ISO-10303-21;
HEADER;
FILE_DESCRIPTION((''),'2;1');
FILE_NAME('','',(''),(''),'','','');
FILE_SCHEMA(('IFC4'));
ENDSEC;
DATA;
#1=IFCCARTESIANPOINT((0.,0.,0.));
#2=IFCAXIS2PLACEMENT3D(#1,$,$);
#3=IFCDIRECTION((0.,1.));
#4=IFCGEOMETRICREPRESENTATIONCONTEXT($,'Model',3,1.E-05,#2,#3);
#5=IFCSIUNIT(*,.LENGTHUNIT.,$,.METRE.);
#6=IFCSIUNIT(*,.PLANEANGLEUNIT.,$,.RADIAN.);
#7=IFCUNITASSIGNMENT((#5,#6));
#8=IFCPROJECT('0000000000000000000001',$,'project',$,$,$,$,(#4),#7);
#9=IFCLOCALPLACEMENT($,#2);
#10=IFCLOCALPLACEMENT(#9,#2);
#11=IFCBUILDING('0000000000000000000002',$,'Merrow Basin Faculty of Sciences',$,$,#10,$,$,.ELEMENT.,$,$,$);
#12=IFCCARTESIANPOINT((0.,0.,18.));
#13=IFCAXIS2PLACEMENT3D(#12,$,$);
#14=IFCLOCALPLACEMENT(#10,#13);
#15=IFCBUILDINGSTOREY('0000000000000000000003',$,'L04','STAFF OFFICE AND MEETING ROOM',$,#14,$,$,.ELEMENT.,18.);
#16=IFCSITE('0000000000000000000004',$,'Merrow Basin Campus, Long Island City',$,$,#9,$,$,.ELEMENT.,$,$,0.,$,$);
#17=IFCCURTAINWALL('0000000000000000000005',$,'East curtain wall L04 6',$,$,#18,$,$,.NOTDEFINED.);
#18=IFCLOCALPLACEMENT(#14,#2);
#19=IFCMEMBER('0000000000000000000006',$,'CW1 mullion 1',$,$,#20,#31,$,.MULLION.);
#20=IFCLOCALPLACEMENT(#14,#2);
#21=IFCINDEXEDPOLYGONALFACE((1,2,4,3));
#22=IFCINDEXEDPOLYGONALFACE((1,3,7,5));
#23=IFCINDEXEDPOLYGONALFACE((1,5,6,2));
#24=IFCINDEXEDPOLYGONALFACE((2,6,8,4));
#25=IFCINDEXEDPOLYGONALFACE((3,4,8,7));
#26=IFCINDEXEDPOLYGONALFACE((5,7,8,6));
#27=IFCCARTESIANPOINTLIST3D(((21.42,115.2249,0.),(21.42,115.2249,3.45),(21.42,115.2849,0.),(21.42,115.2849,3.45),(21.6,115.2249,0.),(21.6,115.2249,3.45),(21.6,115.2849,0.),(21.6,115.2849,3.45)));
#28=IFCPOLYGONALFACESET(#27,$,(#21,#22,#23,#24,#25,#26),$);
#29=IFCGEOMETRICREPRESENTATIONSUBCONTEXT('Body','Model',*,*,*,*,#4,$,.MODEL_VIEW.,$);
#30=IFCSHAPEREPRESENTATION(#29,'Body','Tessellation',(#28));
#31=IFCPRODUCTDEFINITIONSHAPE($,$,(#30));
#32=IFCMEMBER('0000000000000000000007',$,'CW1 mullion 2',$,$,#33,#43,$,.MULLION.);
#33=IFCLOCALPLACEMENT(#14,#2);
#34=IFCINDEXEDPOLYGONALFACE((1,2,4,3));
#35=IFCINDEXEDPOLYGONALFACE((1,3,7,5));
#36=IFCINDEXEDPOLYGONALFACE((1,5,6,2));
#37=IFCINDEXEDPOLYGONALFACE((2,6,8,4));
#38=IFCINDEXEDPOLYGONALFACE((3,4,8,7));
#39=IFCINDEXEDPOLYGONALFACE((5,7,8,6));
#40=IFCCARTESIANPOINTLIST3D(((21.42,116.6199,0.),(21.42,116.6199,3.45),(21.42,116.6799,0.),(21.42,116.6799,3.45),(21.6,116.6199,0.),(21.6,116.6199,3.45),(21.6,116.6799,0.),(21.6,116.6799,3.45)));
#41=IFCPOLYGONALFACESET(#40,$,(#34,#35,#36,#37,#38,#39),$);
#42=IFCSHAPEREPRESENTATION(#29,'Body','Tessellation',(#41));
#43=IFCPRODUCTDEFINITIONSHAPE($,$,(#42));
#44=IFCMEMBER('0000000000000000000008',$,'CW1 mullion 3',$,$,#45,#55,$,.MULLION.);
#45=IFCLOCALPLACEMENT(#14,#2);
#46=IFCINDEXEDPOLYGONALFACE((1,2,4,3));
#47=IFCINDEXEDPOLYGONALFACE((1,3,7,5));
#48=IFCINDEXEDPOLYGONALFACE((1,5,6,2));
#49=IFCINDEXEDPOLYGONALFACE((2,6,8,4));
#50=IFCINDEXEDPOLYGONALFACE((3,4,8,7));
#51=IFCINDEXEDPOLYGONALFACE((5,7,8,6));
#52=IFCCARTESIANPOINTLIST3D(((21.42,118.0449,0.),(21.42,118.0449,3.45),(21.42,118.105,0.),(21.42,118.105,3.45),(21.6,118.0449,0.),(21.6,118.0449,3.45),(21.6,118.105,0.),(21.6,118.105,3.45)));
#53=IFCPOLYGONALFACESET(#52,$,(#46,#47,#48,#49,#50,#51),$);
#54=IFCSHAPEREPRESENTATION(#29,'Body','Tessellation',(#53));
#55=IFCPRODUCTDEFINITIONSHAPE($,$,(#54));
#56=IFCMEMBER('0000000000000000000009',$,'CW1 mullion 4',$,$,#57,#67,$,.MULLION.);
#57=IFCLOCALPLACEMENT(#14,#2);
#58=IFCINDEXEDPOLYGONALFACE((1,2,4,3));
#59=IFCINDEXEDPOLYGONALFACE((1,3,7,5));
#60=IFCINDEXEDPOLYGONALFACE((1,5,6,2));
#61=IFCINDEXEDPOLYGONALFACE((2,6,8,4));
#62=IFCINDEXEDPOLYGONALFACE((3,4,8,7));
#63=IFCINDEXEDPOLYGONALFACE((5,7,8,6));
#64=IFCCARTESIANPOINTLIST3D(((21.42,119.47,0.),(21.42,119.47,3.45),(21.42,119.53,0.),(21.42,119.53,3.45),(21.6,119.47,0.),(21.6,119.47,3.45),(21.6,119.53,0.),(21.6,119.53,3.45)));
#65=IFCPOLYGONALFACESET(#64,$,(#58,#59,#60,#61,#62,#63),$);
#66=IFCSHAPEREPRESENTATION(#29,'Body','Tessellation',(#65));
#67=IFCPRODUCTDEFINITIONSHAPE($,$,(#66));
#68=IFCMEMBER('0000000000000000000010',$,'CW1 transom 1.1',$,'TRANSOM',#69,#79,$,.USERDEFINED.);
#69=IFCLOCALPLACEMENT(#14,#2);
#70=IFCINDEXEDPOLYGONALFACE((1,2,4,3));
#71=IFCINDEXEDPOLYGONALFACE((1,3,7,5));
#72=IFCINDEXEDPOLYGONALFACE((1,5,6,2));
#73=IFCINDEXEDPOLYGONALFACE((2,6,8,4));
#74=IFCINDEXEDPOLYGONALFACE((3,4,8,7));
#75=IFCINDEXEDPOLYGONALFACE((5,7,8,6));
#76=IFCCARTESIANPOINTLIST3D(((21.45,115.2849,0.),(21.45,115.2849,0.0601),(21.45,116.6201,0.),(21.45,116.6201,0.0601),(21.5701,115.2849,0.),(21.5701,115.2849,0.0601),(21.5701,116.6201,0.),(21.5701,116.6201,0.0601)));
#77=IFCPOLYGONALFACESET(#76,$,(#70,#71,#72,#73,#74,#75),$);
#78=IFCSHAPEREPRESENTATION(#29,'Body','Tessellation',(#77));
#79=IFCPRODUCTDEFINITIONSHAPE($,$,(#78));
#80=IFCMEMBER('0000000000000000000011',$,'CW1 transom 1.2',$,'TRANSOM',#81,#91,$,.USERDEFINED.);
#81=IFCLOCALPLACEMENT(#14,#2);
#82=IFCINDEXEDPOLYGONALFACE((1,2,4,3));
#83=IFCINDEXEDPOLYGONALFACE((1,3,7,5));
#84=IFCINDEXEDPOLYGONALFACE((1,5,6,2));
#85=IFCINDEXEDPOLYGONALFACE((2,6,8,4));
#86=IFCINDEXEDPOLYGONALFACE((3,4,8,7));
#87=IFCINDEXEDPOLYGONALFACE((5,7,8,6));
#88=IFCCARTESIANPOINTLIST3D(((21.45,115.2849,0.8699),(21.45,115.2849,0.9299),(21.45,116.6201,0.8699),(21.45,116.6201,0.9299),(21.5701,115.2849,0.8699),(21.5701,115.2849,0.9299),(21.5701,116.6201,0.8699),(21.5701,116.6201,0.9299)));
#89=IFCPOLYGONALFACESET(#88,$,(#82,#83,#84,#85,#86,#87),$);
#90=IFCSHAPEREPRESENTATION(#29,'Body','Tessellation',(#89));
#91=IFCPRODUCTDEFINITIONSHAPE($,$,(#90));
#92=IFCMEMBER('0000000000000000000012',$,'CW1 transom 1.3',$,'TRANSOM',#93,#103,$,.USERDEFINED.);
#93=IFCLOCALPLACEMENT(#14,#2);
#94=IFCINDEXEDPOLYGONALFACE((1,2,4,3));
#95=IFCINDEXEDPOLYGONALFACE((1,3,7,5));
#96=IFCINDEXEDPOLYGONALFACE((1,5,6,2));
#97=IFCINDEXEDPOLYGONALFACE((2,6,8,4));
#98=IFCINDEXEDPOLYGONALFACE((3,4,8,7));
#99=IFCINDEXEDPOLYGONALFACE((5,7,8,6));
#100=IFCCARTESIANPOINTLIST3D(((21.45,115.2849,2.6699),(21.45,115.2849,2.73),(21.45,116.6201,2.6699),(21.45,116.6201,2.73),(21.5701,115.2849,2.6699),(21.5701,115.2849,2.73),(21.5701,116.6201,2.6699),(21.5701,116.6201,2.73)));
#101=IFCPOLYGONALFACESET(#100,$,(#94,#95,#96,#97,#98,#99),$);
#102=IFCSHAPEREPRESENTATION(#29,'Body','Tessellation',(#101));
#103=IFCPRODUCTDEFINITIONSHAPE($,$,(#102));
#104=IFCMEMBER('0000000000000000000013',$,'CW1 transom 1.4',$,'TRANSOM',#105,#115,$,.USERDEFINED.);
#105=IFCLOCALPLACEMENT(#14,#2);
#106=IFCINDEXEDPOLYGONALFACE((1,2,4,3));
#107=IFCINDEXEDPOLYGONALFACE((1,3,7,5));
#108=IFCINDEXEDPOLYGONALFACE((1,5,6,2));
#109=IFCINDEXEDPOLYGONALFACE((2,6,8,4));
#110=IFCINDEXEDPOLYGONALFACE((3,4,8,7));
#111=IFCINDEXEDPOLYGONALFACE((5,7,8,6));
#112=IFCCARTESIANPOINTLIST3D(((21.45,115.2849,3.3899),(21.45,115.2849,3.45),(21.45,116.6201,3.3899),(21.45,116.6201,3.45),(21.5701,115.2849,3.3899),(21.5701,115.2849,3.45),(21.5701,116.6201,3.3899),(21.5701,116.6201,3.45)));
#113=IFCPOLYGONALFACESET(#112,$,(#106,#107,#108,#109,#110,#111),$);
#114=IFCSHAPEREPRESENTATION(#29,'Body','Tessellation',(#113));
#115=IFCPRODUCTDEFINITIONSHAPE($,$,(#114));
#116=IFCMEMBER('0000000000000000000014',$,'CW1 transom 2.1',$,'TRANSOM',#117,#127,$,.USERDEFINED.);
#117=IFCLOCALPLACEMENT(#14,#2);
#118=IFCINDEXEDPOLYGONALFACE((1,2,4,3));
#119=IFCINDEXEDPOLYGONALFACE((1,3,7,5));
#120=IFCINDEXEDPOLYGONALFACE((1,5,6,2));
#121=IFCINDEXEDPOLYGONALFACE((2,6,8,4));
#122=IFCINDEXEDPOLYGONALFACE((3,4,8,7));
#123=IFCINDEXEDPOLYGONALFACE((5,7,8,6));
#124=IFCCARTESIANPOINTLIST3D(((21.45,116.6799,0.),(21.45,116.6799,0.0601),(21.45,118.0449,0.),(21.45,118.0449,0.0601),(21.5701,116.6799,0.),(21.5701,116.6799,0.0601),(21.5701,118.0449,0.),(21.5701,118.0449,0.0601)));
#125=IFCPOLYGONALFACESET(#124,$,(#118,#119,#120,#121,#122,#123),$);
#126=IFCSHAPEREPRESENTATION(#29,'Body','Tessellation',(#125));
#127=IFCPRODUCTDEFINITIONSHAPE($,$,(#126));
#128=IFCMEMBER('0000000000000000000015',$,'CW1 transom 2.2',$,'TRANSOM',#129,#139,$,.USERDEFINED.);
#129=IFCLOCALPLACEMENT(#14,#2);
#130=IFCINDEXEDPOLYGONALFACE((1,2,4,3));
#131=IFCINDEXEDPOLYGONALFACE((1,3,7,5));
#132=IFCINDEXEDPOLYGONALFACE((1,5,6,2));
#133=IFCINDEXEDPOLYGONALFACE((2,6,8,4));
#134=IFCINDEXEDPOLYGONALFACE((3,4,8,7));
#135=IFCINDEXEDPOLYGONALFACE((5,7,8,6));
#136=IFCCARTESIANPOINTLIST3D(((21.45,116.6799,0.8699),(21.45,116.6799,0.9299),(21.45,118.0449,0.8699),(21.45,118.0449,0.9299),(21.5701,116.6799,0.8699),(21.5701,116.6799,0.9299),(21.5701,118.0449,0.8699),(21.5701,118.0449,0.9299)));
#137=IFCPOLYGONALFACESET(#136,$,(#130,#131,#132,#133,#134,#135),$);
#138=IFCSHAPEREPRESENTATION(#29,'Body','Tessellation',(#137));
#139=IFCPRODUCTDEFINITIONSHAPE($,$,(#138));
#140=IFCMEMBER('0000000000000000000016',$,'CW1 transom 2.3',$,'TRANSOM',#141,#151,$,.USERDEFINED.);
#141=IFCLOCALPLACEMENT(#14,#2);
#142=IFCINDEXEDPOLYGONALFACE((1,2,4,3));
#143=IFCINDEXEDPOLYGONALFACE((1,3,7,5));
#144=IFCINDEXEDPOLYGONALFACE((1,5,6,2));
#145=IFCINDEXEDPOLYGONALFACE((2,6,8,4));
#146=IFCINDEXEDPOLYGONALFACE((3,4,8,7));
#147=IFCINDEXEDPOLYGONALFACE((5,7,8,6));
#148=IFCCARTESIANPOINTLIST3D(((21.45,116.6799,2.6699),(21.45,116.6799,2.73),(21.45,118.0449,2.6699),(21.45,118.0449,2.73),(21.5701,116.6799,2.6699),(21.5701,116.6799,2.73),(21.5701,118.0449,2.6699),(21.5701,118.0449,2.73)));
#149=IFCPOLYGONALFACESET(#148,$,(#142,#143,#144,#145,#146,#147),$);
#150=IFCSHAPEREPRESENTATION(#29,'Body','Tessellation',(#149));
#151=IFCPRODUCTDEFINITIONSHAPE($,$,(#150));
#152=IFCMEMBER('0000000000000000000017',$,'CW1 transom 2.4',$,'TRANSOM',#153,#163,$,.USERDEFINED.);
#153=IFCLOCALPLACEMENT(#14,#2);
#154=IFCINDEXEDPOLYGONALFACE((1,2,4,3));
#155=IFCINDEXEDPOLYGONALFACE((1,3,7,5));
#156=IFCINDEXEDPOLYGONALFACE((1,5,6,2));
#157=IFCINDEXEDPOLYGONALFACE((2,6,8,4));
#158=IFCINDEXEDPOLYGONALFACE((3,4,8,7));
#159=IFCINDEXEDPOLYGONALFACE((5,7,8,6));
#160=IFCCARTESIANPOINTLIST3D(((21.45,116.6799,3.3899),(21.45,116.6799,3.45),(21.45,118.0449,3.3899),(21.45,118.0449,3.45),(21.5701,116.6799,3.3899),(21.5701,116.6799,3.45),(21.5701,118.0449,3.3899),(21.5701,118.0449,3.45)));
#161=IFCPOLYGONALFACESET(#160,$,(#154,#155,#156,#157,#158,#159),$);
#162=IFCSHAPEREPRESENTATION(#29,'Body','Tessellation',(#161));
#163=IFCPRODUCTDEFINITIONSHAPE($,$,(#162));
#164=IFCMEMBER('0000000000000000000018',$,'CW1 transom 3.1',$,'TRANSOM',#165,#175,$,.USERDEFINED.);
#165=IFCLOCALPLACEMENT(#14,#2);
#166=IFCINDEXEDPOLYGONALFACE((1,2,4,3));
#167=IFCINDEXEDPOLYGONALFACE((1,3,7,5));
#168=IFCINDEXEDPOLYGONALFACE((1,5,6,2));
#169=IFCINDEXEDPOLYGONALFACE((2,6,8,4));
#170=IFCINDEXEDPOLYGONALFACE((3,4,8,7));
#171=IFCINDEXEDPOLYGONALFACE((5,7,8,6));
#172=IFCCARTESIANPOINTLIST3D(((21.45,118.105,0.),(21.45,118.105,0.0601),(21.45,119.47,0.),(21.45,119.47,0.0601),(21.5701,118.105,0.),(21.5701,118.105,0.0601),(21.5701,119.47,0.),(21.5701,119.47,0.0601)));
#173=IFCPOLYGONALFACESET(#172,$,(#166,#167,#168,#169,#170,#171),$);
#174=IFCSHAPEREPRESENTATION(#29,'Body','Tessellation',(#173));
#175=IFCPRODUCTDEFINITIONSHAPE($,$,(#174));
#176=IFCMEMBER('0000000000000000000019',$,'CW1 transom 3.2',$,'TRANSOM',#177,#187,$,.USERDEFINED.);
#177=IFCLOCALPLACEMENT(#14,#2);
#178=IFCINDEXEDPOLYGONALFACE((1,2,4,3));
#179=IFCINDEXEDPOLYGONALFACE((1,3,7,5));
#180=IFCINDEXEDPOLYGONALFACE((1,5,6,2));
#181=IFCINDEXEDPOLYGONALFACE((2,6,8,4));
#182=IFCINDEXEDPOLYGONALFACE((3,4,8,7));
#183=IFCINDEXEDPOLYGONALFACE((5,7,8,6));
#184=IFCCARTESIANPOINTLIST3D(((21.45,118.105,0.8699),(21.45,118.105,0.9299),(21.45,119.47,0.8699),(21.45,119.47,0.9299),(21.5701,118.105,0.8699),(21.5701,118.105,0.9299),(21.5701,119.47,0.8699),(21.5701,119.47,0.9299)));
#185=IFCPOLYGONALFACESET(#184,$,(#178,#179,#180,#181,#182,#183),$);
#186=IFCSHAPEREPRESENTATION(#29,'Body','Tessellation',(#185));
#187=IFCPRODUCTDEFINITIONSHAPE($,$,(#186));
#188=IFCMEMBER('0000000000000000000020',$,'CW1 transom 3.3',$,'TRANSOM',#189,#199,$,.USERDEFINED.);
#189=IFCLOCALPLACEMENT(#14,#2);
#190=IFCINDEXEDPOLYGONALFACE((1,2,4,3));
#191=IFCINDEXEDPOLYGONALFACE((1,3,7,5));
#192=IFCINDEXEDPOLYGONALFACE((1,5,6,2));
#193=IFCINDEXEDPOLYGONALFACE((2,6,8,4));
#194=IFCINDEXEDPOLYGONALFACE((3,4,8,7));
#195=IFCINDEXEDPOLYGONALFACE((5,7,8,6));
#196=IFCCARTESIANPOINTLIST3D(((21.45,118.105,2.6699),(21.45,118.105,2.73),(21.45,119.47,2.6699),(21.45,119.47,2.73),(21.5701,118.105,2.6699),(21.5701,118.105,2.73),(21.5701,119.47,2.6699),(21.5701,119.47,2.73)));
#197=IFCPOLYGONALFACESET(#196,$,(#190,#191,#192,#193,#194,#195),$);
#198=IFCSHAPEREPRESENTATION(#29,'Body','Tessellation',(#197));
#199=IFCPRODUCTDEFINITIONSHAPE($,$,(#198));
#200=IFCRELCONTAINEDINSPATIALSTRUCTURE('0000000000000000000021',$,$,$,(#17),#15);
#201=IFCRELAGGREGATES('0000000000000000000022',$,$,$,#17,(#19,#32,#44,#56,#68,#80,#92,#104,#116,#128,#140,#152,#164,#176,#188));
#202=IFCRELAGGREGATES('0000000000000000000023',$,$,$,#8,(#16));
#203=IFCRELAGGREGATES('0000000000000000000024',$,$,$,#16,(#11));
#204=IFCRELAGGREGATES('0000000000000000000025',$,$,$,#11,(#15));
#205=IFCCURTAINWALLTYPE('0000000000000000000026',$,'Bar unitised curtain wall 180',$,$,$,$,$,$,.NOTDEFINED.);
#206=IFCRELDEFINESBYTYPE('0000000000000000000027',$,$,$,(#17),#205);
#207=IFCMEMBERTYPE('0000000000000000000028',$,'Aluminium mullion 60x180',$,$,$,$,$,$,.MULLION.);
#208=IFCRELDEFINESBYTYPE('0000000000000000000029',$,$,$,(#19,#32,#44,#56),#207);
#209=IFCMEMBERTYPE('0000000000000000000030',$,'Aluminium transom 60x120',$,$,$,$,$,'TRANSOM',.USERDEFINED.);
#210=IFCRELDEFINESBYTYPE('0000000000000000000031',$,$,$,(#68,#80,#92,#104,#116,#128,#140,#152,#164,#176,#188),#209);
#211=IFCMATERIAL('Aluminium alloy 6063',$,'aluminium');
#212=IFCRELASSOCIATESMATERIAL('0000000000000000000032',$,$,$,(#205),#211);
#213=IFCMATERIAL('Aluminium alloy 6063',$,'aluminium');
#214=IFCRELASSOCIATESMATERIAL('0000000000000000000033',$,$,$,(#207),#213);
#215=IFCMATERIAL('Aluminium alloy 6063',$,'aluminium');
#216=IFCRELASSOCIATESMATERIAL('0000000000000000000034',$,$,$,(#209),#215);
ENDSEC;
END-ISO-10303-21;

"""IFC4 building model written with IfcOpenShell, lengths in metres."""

from ifc_helpers import new_model, si_unit, direction, frame, origin, origin_2d, place, context, subcontext, project, spatial, rectangle, extrude, material, material_profile, profile_set, type_object, element, aggregate, save


model = new_model("IFC4")

# Units and contexts
model_context = context("Model", 3, precision=1e-05, world=origin(), true_north=direction((0.0, 1.0)))
body_context = subcontext(model_context, "Body", "Model", "MODEL_VIEW")
ifc_project = project(units=[si_unit("LENGTHUNIT", "METRE"), si_unit("PLANEANGLEUNIT", "RADIAN")], contexts=[model_context])

# Site, building, storey
site_placement = place(None, origin())
site = spatial("IfcSite", under=ifc_project, at=site_placement, Name="Merrow Basin Campus, Long Island City", CompositionType="ELEMENT", RefElevation=0.0)
building_placement = place(site_placement, origin())
building = spatial("IfcBuilding", under=site, at=building_placement, Name="Merrow Basin Faculty of Sciences", CompositionType="ELEMENT")
storey_placement = place(building_placement, frame((0.0, 0.0, 18.0)))
storey = spatial("IfcBuildingStorey", under=building, at=storey_placement, Name="L04", Description="STAFF OFFICE AND MEETING ROOM", CompositionType="ELEMENT", Elevation=18.0)

# Curtain wall, members
ifc_material_1 = material(Name="Aluminium alloy 6063", Category="aluminium")
curtain_wall_type = type_object("IfcCurtainWallType", Name="Bar unitised curtain wall 180", PredefinedType="NOTDEFINED", material=ifc_material_1)
curtain_wall_placement = place(storey_placement, origin())
curtain_wall = element("IfcCurtainWall", 1, at=curtain_wall_placement, inside=storey, type_object=curtain_wall_type, Name="East curtain wall L04 6", PredefinedType="NOTDEFINED")
ifc_material_2 = material(Name="Aluminium alloy 6063", Category="aluminium")
ifc_material_profile_1 = material_profile(ifc_material_2, rectangle(XDim=0.1799, YDim=0.0601, at=origin_2d()))
ifc_profile_set_1 = profile_set([ifc_material_profile_1], Name="Aluminium alloy 6063")
member_type_1 = type_object("IfcMemberType", Name="Aluminium mullion 60x180", PredefinedType="MULLION", material=ifc_profile_set_1)
member_1_placement = place(storey_placement, frame((21.51, 115.2549, 0.0), z_axis=(0.0, 0.0, 1.0), x_axis=(-1.0, 0.0, 0.0)))
member_1 = element("IfcMember", 2, at=member_1_placement, type_object=member_type_1, Name="CW1 mullion 1", PredefinedType="MULLION", context=body_context, shape_type="SweptSolid", body=[
    extrude(rectangle(XDim=0.1799, YDim=0.0601, at=origin_2d()), origin(), (0.0, 0.0, 1.0), 3.45),
])
member_2_placement = place(storey_placement, frame((21.51, 116.6499, 0.0), z_axis=(0.0, 0.0, 1.0), x_axis=(-1.0, 0.0, 0.0)))
member_2 = element("IfcMember", 3, at=member_2_placement, type_object=member_type_1, Name="CW1 mullion 2", PredefinedType="MULLION", context=body_context, shape_type="SweptSolid", body=[
    extrude(rectangle(XDim=0.1799, YDim=0.0601, at=origin_2d()), origin(), (0.0, 0.0, 1.0), 3.45),
])
member_3_placement = place(storey_placement, frame((21.51, 118.075, 0.0), z_axis=(0.0, 0.0, 1.0), x_axis=(-1.0, 0.0, 0.0)))
member_3 = element("IfcMember", 4, at=member_3_placement, type_object=member_type_1, Name="CW1 mullion 3", PredefinedType="MULLION", context=body_context, shape_type="SweptSolid", body=[
    extrude(rectangle(XDim=0.1799, YDim=0.0601, at=origin_2d()), origin(), (0.0, 0.0, 1.0), 3.45),
])
member_4_placement = place(storey_placement, frame((21.51, 119.5, 0.0), z_axis=(0.0, 0.0, 1.0), x_axis=(-1.0, 0.0, 0.0)))
member_4 = element("IfcMember", 5, at=member_4_placement, type_object=member_type_1, Name="CW1 mullion 4", PredefinedType="MULLION", context=body_context, shape_type="SweptSolid", body=[
    extrude(rectangle(XDim=0.1799, YDim=0.0601, at=origin_2d()), origin(), (0.0, 0.0, 1.0), 3.45),
])
ifc_material_3 = material(Name="Aluminium alloy 6063", Category="aluminium")
ifc_material_profile_2 = material_profile(ifc_material_3, rectangle(XDim=0.1201, YDim=0.0601, at=origin_2d()))
ifc_profile_set_2 = profile_set([ifc_material_profile_2], Name="Aluminium alloy 6063")
member_type_2 = type_object("IfcMemberType", Name="Aluminium transom 60x120", ElementType="TRANSOM", PredefinedType="USERDEFINED", material=ifc_profile_set_2)
member_5_placement = place(storey_placement, frame((21.51, 115.2849, 0.03), z_axis=(0.0, 1.0, 0.0), x_axis=(-1.0, 0.0, 0.0)))
member_5 = element("IfcMember", 6, at=member_5_placement, type_object=member_type_2, Name="CW1 transom 1.1", ObjectType="TRANSOM", PredefinedType="USERDEFINED", context=body_context, shape_type="SweptSolid", body=[
    extrude(rectangle(XDim=0.1201, YDim=0.0601, at=origin_2d()), origin(), (0.0, 0.0, 1.0), 1.3352),
])
member_6_placement = place(storey_placement, frame((21.51, 115.2849, 0.8999), z_axis=(0.0, 1.0, 0.0), x_axis=(-1.0, 0.0, 0.0)))
member_6 = element("IfcMember", 7, at=member_6_placement, type_object=member_type_2, Name="CW1 transom 1.2", ObjectType="TRANSOM", PredefinedType="USERDEFINED", context=body_context, shape_type="SweptSolid", body=[
    extrude(rectangle(XDim=0.1201, YDim=0.0601, at=origin_2d()), origin(), (0.0, 0.0, 1.0), 1.3352),
])
member_7_placement = place(storey_placement, frame((21.51, 115.2849, 2.7), z_axis=(0.0, 1.0, 0.0), x_axis=(-1.0, 0.0, 0.0)))
member_7 = element("IfcMember", 8, at=member_7_placement, type_object=member_type_2, Name="CW1 transom 1.3", ObjectType="TRANSOM", PredefinedType="USERDEFINED", context=body_context, shape_type="SweptSolid", body=[
    extrude(rectangle(XDim=0.1201, YDim=0.0601, at=origin_2d()), origin(), (0.0, 0.0, 1.0), 1.3352),
])
member_8_placement = place(storey_placement, frame((21.51, 115.2849, 3.4199), z_axis=(0.0, 1.0, 0.0), x_axis=(-1.0, 0.0, 0.0)))
member_8 = element("IfcMember", 9, at=member_8_placement, type_object=member_type_2, Name="CW1 transom 1.4", ObjectType="TRANSOM", PredefinedType="USERDEFINED", context=body_context, shape_type="SweptSolid", body=[
    extrude(rectangle(XDim=0.1201, YDim=0.0601, at=origin_2d()), origin(), (0.0, 0.0, 1.0), 1.3352),
])
member_9_placement = place(storey_placement, frame((21.51, 116.6799, 0.03), z_axis=(0.0, 1.0, 0.0), x_axis=(-1.0, 0.0, 0.0)))
member_9 = element("IfcMember", 10, at=member_9_placement, type_object=member_type_2, Name="CW1 transom 2.1", ObjectType="TRANSOM", PredefinedType="USERDEFINED", context=body_context, shape_type="SweptSolid", body=[
    extrude(rectangle(XDim=0.1201, YDim=0.0601, at=origin_2d()), origin(), (0.0, 0.0, 1.0), 1.365),
])
member_10_placement = place(storey_placement, frame((21.51, 116.6799, 0.8999), z_axis=(0.0, 1.0, 0.0), x_axis=(-1.0, 0.0, 0.0)))
member_10 = element("IfcMember", 11, at=member_10_placement, type_object=member_type_2, Name="CW1 transom 2.2", ObjectType="TRANSOM", PredefinedType="USERDEFINED", context=body_context, shape_type="SweptSolid", body=[
    extrude(rectangle(XDim=0.1201, YDim=0.0601, at=origin_2d()), origin(), (0.0, 0.0, 1.0), 1.365),
])
member_11_placement = place(storey_placement, frame((21.51, 116.6799, 2.7), z_axis=(0.0, 1.0, 0.0), x_axis=(-1.0, 0.0, 0.0)))
member_11 = element("IfcMember", 12, at=member_11_placement, type_object=member_type_2, Name="CW1 transom 2.3", ObjectType="TRANSOM", PredefinedType="USERDEFINED", context=body_context, shape_type="SweptSolid", body=[
    extrude(rectangle(XDim=0.1201, YDim=0.0601, at=origin_2d()), origin(), (0.0, 0.0, 1.0), 1.365),
])
member_12_placement = place(storey_placement, frame((21.51, 116.6799, 3.4199), z_axis=(0.0, 1.0, 0.0), x_axis=(-1.0, 0.0, 0.0)))
member_12 = element("IfcMember", 13, at=member_12_placement, type_object=member_type_2, Name="CW1 transom 2.4", ObjectType="TRANSOM", PredefinedType="USERDEFINED", context=body_context, shape_type="SweptSolid", body=[
    extrude(rectangle(XDim=0.1201, YDim=0.0601, at=origin_2d()), origin(), (0.0, 0.0, 1.0), 1.365),
])
member_13_placement = place(storey_placement, frame((21.51, 118.105, 0.03), z_axis=(0.0, 1.0, 0.0), x_axis=(-1.0, 0.0, 0.0)))
member_13 = element("IfcMember", 14, at=member_13_placement, type_object=member_type_2, Name="CW1 transom 3.1", ObjectType="TRANSOM", PredefinedType="USERDEFINED", context=body_context, shape_type="SweptSolid", body=[
    extrude(rectangle(XDim=0.1201, YDim=0.0601, at=origin_2d()), origin(), (0.0, 0.0, 1.0), 1.365),
])
member_14_placement = place(storey_placement, frame((21.51, 118.105, 0.8999), z_axis=(0.0, 1.0, 0.0), x_axis=(-1.0, 0.0, 0.0)))
member_14 = element("IfcMember", 15, at=member_14_placement, type_object=member_type_2, Name="CW1 transom 3.2", ObjectType="TRANSOM", PredefinedType="USERDEFINED", context=body_context, shape_type="SweptSolid", body=[
    extrude(rectangle(XDim=0.1201, YDim=0.0601, at=origin_2d()), origin(), (0.0, 0.0, 1.0), 1.365),
])
member_15_placement = place(storey_placement, frame((21.51, 118.105, 2.7), z_axis=(0.0, 1.0, 0.0), x_axis=(-1.0, 0.0, 0.0)))
member_15 = element("IfcMember", 16, at=member_15_placement, type_object=member_type_2, Name="CW1 transom 3.3", ObjectType="TRANSOM", PredefinedType="USERDEFINED", context=body_context, shape_type="SweptSolid", body=[
    extrude(rectangle(XDim=0.1201, YDim=0.0601, at=origin_2d()), origin(), (0.0, 0.0, 1.0), 1.365),
])

aggregate(curtain_wall, [member_1, member_2, member_3, member_4, member_5, member_6, member_7, member_8, member_9, member_10, member_11, member_12, member_13, member_14, member_15])

save(model, "model.ifc")
